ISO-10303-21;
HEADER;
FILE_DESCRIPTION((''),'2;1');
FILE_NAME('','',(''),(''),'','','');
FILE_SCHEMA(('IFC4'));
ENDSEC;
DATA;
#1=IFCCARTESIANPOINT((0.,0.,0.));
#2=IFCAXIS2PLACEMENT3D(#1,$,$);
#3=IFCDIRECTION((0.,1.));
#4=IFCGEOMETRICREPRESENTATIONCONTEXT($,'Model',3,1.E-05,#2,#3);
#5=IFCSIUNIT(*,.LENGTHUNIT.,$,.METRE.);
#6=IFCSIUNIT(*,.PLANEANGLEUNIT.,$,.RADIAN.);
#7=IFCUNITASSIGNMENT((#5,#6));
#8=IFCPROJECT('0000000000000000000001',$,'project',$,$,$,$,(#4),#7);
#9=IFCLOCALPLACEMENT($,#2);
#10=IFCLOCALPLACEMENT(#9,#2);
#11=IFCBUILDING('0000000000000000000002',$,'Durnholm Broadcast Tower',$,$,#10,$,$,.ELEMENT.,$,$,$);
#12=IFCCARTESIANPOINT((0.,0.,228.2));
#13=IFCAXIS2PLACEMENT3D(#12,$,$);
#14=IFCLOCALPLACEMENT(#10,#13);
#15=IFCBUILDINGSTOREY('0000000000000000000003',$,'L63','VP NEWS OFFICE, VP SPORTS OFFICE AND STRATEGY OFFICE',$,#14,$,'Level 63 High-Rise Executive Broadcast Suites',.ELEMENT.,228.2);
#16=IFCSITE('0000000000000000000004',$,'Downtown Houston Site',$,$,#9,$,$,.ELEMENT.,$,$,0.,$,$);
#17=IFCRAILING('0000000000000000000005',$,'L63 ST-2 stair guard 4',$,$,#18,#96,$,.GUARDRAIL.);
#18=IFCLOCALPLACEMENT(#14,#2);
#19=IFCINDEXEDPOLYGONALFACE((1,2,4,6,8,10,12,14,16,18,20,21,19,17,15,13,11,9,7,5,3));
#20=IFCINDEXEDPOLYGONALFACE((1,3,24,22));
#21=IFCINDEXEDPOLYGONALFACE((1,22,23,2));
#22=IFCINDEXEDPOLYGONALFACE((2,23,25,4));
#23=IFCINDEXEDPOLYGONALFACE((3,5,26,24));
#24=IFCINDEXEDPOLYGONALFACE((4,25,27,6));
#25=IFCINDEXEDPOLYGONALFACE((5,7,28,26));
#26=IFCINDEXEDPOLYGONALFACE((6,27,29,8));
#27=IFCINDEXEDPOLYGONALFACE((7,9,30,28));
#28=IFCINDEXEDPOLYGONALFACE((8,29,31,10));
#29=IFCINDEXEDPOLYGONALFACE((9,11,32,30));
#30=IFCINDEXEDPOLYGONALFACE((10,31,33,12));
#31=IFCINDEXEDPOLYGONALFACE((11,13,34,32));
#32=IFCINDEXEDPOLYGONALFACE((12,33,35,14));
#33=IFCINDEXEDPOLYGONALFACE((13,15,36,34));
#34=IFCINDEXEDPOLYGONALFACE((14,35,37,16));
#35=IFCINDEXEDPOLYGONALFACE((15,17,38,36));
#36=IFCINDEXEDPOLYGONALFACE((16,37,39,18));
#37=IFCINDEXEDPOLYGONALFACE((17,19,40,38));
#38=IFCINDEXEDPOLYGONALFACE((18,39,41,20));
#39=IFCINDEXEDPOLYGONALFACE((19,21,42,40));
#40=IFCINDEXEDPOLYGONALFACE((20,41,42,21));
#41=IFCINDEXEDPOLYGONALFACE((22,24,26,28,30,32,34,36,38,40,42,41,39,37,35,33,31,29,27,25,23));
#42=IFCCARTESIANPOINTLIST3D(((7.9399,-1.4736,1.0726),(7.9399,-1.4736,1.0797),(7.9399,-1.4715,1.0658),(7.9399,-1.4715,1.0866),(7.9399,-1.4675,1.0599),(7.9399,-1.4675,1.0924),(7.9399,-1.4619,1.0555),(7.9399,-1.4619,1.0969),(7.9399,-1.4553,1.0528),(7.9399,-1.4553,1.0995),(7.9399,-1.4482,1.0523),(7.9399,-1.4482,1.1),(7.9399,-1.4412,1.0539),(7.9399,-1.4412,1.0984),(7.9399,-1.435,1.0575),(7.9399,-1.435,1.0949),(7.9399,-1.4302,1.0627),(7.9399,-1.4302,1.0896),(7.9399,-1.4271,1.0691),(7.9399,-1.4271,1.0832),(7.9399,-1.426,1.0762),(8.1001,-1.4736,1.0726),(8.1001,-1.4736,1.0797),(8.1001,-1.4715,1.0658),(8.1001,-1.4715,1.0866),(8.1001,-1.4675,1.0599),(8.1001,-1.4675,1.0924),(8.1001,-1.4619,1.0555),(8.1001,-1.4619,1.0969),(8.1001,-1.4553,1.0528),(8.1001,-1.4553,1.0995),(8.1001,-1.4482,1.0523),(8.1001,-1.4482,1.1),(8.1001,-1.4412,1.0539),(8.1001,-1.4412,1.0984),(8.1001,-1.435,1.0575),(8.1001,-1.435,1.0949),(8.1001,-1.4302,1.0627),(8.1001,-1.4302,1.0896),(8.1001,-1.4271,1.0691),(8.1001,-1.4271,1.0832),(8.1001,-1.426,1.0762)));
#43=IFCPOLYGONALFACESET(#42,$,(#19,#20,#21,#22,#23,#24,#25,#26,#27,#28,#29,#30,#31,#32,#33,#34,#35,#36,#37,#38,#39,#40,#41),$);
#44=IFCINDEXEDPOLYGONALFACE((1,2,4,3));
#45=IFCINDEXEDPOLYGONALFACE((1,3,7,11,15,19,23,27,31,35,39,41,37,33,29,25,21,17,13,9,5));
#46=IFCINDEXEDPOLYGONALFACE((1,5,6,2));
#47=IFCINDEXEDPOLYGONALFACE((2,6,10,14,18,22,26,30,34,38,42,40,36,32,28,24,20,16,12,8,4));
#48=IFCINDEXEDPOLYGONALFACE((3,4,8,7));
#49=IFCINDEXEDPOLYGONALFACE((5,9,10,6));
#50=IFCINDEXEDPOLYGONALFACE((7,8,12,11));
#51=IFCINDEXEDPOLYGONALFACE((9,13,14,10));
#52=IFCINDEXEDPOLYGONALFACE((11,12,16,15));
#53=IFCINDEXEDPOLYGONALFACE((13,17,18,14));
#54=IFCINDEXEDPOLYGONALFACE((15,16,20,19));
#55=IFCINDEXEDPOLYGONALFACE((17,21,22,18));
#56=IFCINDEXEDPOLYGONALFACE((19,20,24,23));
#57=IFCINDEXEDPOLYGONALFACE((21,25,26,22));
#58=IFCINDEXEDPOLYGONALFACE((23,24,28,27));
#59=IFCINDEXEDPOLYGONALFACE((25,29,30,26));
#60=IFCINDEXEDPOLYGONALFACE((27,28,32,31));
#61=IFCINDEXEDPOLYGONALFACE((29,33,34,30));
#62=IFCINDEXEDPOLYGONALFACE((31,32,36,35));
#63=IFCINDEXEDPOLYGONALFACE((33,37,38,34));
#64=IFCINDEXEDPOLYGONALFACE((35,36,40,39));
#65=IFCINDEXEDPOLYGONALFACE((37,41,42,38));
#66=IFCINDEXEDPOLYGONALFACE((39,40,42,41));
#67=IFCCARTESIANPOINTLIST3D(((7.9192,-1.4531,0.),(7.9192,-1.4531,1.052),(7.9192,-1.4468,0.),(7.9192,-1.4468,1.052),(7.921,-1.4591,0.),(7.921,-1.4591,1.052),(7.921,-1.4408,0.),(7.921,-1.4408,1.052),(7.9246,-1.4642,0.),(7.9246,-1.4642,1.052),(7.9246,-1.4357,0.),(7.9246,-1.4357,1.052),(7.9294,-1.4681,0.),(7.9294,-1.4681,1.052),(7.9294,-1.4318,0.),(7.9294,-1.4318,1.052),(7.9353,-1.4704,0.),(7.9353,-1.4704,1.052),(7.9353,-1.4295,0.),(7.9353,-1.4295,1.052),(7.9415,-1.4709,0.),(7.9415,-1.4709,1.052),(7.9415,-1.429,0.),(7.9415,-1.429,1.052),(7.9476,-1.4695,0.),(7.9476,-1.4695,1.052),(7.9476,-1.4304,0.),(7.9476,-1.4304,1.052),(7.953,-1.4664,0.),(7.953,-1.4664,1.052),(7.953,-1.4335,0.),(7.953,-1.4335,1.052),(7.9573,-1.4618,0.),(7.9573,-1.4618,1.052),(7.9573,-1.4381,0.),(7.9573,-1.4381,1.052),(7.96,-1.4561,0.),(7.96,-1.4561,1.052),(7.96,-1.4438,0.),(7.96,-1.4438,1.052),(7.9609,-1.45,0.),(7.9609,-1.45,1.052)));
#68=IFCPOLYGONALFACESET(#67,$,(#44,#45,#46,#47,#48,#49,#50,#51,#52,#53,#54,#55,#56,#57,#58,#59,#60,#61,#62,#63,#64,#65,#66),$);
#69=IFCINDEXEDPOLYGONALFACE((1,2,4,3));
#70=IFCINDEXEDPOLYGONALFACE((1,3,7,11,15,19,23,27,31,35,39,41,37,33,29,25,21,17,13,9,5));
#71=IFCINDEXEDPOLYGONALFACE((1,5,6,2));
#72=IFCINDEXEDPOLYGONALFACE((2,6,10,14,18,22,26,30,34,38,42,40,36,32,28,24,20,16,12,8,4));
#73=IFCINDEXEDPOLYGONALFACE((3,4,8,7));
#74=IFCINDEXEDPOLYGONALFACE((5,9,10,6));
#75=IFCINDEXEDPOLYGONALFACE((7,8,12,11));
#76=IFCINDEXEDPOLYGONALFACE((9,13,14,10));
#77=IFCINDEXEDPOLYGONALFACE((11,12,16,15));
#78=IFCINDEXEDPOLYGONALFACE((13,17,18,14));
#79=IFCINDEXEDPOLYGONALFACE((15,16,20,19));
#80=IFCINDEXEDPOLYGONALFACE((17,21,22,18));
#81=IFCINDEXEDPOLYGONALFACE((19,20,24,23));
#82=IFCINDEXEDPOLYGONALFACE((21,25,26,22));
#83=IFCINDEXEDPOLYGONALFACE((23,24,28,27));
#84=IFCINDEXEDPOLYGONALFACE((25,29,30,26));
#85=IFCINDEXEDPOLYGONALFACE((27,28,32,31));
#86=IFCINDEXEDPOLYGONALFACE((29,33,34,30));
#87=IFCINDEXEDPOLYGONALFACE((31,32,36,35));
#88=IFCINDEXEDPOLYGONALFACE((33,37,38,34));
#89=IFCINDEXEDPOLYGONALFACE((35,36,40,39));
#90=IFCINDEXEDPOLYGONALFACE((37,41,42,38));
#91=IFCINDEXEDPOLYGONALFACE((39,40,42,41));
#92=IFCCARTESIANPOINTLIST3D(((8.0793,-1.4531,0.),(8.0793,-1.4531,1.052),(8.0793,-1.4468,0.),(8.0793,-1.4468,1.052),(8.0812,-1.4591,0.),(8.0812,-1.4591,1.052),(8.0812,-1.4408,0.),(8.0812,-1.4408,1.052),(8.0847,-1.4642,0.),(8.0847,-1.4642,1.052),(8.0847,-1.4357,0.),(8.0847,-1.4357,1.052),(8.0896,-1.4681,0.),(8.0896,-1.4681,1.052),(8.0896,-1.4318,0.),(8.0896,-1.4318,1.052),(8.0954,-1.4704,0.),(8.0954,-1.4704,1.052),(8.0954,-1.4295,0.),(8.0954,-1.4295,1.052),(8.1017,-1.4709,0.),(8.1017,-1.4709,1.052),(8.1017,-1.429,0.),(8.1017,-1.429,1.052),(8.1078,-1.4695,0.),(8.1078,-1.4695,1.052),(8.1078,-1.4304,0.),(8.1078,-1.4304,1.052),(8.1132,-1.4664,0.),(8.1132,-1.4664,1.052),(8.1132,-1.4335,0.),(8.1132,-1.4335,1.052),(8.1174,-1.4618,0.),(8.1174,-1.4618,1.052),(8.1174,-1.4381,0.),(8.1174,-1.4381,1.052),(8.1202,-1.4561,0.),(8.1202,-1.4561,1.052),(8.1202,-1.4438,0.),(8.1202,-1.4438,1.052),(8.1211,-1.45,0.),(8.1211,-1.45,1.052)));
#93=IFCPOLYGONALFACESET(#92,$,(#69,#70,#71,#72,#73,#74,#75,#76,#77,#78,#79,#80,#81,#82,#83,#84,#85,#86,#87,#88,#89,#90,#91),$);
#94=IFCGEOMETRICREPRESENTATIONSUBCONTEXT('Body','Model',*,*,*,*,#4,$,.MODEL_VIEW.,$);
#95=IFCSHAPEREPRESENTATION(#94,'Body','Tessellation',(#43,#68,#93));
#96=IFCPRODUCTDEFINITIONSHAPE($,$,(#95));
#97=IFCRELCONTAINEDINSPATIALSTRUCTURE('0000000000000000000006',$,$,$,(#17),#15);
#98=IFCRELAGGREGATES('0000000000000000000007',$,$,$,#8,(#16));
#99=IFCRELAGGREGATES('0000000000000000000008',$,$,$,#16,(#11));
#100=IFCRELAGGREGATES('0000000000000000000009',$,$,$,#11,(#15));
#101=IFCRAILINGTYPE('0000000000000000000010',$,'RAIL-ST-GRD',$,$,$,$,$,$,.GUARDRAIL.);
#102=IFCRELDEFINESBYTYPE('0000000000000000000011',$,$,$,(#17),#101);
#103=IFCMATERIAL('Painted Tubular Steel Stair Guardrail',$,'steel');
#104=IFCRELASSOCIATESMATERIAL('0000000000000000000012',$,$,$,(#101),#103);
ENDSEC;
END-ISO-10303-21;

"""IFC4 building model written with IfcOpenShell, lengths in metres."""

from ifc_helpers import new_model, si_unit, direction, frame, origin, origin_2d, place, context, subcontext, project, spatial, circle, extrude, material, type_object, element, save


model = new_model("IFC4")

# Units and contexts
model_context = context("Model", 3, precision=1e-05, world=origin(), true_north=direction((0.0, 1.0)))
body_context = subcontext(model_context, "Body", "Model", "MODEL_VIEW")
ifc_project = project(units=[si_unit("LENGTHUNIT", "METRE"), si_unit("PLANEANGLEUNIT", "RADIAN")], contexts=[model_context])

# Site, building, storey
site_placement = place(None, origin())
site = spatial("IfcSite", under=ifc_project, at=site_placement, Name="Downtown Houston Site", CompositionType="ELEMENT", RefElevation=0.0)
building_placement = place(site_placement, origin())
building = spatial("IfcBuilding", under=site, at=building_placement, Name="Durnholm Broadcast Tower", CompositionType="ELEMENT")
storey_placement = place(building_placement, frame((0.0, 0.0, 228.2)))
storey = spatial("IfcBuildingStorey", under=building, at=storey_placement, Name="L63", Description="VP NEWS OFFICE, VP SPORTS OFFICE AND STRATEGY OFFICE", LongName="Level 63 High-Rise Executive Broadcast Suites", CompositionType="ELEMENT", Elevation=228.2)

# Railing
ifc_material_1 = material(Name="Painted Tubular Steel Stair Guardrail", Category="steel")
railing_type_1 = type_object("IfcRailingType", Name="RAIL-ST-GRD", PredefinedType="GUARDRAIL", material=ifc_material_1)
railing_1_placement = place(storey_placement, frame((7.9399, -1.45, 0.0)))
element("IfcRailing", 1, at=railing_1_placement, inside=storey, type_object=railing_type_1, Name="L63 ST-2 stair guard 4", PredefinedType="GUARDRAIL", context=body_context, shape_type="SweptSolid", body=[
    extrude(circle(Radius=0.0239, at=origin_2d()), frame((0.0, 0.0, 1.0762), z_axis=(1.0, 0.0, 0.0), x_axis=(0.0, 1.0, 0.0)), (0.0, 0.0, 1.0), 0.1602),
    extrude(circle(Radius=0.021, at=origin_2d()), origin(), (0.0, 0.0, 1.0), 1.052),
    extrude(circle(Radius=0.021, at=origin_2d()), frame((0.1602, 0.0, 0.0)), (0.0, 0.0, 1.0), 1.052),
])

save(model, "model.ifc")
